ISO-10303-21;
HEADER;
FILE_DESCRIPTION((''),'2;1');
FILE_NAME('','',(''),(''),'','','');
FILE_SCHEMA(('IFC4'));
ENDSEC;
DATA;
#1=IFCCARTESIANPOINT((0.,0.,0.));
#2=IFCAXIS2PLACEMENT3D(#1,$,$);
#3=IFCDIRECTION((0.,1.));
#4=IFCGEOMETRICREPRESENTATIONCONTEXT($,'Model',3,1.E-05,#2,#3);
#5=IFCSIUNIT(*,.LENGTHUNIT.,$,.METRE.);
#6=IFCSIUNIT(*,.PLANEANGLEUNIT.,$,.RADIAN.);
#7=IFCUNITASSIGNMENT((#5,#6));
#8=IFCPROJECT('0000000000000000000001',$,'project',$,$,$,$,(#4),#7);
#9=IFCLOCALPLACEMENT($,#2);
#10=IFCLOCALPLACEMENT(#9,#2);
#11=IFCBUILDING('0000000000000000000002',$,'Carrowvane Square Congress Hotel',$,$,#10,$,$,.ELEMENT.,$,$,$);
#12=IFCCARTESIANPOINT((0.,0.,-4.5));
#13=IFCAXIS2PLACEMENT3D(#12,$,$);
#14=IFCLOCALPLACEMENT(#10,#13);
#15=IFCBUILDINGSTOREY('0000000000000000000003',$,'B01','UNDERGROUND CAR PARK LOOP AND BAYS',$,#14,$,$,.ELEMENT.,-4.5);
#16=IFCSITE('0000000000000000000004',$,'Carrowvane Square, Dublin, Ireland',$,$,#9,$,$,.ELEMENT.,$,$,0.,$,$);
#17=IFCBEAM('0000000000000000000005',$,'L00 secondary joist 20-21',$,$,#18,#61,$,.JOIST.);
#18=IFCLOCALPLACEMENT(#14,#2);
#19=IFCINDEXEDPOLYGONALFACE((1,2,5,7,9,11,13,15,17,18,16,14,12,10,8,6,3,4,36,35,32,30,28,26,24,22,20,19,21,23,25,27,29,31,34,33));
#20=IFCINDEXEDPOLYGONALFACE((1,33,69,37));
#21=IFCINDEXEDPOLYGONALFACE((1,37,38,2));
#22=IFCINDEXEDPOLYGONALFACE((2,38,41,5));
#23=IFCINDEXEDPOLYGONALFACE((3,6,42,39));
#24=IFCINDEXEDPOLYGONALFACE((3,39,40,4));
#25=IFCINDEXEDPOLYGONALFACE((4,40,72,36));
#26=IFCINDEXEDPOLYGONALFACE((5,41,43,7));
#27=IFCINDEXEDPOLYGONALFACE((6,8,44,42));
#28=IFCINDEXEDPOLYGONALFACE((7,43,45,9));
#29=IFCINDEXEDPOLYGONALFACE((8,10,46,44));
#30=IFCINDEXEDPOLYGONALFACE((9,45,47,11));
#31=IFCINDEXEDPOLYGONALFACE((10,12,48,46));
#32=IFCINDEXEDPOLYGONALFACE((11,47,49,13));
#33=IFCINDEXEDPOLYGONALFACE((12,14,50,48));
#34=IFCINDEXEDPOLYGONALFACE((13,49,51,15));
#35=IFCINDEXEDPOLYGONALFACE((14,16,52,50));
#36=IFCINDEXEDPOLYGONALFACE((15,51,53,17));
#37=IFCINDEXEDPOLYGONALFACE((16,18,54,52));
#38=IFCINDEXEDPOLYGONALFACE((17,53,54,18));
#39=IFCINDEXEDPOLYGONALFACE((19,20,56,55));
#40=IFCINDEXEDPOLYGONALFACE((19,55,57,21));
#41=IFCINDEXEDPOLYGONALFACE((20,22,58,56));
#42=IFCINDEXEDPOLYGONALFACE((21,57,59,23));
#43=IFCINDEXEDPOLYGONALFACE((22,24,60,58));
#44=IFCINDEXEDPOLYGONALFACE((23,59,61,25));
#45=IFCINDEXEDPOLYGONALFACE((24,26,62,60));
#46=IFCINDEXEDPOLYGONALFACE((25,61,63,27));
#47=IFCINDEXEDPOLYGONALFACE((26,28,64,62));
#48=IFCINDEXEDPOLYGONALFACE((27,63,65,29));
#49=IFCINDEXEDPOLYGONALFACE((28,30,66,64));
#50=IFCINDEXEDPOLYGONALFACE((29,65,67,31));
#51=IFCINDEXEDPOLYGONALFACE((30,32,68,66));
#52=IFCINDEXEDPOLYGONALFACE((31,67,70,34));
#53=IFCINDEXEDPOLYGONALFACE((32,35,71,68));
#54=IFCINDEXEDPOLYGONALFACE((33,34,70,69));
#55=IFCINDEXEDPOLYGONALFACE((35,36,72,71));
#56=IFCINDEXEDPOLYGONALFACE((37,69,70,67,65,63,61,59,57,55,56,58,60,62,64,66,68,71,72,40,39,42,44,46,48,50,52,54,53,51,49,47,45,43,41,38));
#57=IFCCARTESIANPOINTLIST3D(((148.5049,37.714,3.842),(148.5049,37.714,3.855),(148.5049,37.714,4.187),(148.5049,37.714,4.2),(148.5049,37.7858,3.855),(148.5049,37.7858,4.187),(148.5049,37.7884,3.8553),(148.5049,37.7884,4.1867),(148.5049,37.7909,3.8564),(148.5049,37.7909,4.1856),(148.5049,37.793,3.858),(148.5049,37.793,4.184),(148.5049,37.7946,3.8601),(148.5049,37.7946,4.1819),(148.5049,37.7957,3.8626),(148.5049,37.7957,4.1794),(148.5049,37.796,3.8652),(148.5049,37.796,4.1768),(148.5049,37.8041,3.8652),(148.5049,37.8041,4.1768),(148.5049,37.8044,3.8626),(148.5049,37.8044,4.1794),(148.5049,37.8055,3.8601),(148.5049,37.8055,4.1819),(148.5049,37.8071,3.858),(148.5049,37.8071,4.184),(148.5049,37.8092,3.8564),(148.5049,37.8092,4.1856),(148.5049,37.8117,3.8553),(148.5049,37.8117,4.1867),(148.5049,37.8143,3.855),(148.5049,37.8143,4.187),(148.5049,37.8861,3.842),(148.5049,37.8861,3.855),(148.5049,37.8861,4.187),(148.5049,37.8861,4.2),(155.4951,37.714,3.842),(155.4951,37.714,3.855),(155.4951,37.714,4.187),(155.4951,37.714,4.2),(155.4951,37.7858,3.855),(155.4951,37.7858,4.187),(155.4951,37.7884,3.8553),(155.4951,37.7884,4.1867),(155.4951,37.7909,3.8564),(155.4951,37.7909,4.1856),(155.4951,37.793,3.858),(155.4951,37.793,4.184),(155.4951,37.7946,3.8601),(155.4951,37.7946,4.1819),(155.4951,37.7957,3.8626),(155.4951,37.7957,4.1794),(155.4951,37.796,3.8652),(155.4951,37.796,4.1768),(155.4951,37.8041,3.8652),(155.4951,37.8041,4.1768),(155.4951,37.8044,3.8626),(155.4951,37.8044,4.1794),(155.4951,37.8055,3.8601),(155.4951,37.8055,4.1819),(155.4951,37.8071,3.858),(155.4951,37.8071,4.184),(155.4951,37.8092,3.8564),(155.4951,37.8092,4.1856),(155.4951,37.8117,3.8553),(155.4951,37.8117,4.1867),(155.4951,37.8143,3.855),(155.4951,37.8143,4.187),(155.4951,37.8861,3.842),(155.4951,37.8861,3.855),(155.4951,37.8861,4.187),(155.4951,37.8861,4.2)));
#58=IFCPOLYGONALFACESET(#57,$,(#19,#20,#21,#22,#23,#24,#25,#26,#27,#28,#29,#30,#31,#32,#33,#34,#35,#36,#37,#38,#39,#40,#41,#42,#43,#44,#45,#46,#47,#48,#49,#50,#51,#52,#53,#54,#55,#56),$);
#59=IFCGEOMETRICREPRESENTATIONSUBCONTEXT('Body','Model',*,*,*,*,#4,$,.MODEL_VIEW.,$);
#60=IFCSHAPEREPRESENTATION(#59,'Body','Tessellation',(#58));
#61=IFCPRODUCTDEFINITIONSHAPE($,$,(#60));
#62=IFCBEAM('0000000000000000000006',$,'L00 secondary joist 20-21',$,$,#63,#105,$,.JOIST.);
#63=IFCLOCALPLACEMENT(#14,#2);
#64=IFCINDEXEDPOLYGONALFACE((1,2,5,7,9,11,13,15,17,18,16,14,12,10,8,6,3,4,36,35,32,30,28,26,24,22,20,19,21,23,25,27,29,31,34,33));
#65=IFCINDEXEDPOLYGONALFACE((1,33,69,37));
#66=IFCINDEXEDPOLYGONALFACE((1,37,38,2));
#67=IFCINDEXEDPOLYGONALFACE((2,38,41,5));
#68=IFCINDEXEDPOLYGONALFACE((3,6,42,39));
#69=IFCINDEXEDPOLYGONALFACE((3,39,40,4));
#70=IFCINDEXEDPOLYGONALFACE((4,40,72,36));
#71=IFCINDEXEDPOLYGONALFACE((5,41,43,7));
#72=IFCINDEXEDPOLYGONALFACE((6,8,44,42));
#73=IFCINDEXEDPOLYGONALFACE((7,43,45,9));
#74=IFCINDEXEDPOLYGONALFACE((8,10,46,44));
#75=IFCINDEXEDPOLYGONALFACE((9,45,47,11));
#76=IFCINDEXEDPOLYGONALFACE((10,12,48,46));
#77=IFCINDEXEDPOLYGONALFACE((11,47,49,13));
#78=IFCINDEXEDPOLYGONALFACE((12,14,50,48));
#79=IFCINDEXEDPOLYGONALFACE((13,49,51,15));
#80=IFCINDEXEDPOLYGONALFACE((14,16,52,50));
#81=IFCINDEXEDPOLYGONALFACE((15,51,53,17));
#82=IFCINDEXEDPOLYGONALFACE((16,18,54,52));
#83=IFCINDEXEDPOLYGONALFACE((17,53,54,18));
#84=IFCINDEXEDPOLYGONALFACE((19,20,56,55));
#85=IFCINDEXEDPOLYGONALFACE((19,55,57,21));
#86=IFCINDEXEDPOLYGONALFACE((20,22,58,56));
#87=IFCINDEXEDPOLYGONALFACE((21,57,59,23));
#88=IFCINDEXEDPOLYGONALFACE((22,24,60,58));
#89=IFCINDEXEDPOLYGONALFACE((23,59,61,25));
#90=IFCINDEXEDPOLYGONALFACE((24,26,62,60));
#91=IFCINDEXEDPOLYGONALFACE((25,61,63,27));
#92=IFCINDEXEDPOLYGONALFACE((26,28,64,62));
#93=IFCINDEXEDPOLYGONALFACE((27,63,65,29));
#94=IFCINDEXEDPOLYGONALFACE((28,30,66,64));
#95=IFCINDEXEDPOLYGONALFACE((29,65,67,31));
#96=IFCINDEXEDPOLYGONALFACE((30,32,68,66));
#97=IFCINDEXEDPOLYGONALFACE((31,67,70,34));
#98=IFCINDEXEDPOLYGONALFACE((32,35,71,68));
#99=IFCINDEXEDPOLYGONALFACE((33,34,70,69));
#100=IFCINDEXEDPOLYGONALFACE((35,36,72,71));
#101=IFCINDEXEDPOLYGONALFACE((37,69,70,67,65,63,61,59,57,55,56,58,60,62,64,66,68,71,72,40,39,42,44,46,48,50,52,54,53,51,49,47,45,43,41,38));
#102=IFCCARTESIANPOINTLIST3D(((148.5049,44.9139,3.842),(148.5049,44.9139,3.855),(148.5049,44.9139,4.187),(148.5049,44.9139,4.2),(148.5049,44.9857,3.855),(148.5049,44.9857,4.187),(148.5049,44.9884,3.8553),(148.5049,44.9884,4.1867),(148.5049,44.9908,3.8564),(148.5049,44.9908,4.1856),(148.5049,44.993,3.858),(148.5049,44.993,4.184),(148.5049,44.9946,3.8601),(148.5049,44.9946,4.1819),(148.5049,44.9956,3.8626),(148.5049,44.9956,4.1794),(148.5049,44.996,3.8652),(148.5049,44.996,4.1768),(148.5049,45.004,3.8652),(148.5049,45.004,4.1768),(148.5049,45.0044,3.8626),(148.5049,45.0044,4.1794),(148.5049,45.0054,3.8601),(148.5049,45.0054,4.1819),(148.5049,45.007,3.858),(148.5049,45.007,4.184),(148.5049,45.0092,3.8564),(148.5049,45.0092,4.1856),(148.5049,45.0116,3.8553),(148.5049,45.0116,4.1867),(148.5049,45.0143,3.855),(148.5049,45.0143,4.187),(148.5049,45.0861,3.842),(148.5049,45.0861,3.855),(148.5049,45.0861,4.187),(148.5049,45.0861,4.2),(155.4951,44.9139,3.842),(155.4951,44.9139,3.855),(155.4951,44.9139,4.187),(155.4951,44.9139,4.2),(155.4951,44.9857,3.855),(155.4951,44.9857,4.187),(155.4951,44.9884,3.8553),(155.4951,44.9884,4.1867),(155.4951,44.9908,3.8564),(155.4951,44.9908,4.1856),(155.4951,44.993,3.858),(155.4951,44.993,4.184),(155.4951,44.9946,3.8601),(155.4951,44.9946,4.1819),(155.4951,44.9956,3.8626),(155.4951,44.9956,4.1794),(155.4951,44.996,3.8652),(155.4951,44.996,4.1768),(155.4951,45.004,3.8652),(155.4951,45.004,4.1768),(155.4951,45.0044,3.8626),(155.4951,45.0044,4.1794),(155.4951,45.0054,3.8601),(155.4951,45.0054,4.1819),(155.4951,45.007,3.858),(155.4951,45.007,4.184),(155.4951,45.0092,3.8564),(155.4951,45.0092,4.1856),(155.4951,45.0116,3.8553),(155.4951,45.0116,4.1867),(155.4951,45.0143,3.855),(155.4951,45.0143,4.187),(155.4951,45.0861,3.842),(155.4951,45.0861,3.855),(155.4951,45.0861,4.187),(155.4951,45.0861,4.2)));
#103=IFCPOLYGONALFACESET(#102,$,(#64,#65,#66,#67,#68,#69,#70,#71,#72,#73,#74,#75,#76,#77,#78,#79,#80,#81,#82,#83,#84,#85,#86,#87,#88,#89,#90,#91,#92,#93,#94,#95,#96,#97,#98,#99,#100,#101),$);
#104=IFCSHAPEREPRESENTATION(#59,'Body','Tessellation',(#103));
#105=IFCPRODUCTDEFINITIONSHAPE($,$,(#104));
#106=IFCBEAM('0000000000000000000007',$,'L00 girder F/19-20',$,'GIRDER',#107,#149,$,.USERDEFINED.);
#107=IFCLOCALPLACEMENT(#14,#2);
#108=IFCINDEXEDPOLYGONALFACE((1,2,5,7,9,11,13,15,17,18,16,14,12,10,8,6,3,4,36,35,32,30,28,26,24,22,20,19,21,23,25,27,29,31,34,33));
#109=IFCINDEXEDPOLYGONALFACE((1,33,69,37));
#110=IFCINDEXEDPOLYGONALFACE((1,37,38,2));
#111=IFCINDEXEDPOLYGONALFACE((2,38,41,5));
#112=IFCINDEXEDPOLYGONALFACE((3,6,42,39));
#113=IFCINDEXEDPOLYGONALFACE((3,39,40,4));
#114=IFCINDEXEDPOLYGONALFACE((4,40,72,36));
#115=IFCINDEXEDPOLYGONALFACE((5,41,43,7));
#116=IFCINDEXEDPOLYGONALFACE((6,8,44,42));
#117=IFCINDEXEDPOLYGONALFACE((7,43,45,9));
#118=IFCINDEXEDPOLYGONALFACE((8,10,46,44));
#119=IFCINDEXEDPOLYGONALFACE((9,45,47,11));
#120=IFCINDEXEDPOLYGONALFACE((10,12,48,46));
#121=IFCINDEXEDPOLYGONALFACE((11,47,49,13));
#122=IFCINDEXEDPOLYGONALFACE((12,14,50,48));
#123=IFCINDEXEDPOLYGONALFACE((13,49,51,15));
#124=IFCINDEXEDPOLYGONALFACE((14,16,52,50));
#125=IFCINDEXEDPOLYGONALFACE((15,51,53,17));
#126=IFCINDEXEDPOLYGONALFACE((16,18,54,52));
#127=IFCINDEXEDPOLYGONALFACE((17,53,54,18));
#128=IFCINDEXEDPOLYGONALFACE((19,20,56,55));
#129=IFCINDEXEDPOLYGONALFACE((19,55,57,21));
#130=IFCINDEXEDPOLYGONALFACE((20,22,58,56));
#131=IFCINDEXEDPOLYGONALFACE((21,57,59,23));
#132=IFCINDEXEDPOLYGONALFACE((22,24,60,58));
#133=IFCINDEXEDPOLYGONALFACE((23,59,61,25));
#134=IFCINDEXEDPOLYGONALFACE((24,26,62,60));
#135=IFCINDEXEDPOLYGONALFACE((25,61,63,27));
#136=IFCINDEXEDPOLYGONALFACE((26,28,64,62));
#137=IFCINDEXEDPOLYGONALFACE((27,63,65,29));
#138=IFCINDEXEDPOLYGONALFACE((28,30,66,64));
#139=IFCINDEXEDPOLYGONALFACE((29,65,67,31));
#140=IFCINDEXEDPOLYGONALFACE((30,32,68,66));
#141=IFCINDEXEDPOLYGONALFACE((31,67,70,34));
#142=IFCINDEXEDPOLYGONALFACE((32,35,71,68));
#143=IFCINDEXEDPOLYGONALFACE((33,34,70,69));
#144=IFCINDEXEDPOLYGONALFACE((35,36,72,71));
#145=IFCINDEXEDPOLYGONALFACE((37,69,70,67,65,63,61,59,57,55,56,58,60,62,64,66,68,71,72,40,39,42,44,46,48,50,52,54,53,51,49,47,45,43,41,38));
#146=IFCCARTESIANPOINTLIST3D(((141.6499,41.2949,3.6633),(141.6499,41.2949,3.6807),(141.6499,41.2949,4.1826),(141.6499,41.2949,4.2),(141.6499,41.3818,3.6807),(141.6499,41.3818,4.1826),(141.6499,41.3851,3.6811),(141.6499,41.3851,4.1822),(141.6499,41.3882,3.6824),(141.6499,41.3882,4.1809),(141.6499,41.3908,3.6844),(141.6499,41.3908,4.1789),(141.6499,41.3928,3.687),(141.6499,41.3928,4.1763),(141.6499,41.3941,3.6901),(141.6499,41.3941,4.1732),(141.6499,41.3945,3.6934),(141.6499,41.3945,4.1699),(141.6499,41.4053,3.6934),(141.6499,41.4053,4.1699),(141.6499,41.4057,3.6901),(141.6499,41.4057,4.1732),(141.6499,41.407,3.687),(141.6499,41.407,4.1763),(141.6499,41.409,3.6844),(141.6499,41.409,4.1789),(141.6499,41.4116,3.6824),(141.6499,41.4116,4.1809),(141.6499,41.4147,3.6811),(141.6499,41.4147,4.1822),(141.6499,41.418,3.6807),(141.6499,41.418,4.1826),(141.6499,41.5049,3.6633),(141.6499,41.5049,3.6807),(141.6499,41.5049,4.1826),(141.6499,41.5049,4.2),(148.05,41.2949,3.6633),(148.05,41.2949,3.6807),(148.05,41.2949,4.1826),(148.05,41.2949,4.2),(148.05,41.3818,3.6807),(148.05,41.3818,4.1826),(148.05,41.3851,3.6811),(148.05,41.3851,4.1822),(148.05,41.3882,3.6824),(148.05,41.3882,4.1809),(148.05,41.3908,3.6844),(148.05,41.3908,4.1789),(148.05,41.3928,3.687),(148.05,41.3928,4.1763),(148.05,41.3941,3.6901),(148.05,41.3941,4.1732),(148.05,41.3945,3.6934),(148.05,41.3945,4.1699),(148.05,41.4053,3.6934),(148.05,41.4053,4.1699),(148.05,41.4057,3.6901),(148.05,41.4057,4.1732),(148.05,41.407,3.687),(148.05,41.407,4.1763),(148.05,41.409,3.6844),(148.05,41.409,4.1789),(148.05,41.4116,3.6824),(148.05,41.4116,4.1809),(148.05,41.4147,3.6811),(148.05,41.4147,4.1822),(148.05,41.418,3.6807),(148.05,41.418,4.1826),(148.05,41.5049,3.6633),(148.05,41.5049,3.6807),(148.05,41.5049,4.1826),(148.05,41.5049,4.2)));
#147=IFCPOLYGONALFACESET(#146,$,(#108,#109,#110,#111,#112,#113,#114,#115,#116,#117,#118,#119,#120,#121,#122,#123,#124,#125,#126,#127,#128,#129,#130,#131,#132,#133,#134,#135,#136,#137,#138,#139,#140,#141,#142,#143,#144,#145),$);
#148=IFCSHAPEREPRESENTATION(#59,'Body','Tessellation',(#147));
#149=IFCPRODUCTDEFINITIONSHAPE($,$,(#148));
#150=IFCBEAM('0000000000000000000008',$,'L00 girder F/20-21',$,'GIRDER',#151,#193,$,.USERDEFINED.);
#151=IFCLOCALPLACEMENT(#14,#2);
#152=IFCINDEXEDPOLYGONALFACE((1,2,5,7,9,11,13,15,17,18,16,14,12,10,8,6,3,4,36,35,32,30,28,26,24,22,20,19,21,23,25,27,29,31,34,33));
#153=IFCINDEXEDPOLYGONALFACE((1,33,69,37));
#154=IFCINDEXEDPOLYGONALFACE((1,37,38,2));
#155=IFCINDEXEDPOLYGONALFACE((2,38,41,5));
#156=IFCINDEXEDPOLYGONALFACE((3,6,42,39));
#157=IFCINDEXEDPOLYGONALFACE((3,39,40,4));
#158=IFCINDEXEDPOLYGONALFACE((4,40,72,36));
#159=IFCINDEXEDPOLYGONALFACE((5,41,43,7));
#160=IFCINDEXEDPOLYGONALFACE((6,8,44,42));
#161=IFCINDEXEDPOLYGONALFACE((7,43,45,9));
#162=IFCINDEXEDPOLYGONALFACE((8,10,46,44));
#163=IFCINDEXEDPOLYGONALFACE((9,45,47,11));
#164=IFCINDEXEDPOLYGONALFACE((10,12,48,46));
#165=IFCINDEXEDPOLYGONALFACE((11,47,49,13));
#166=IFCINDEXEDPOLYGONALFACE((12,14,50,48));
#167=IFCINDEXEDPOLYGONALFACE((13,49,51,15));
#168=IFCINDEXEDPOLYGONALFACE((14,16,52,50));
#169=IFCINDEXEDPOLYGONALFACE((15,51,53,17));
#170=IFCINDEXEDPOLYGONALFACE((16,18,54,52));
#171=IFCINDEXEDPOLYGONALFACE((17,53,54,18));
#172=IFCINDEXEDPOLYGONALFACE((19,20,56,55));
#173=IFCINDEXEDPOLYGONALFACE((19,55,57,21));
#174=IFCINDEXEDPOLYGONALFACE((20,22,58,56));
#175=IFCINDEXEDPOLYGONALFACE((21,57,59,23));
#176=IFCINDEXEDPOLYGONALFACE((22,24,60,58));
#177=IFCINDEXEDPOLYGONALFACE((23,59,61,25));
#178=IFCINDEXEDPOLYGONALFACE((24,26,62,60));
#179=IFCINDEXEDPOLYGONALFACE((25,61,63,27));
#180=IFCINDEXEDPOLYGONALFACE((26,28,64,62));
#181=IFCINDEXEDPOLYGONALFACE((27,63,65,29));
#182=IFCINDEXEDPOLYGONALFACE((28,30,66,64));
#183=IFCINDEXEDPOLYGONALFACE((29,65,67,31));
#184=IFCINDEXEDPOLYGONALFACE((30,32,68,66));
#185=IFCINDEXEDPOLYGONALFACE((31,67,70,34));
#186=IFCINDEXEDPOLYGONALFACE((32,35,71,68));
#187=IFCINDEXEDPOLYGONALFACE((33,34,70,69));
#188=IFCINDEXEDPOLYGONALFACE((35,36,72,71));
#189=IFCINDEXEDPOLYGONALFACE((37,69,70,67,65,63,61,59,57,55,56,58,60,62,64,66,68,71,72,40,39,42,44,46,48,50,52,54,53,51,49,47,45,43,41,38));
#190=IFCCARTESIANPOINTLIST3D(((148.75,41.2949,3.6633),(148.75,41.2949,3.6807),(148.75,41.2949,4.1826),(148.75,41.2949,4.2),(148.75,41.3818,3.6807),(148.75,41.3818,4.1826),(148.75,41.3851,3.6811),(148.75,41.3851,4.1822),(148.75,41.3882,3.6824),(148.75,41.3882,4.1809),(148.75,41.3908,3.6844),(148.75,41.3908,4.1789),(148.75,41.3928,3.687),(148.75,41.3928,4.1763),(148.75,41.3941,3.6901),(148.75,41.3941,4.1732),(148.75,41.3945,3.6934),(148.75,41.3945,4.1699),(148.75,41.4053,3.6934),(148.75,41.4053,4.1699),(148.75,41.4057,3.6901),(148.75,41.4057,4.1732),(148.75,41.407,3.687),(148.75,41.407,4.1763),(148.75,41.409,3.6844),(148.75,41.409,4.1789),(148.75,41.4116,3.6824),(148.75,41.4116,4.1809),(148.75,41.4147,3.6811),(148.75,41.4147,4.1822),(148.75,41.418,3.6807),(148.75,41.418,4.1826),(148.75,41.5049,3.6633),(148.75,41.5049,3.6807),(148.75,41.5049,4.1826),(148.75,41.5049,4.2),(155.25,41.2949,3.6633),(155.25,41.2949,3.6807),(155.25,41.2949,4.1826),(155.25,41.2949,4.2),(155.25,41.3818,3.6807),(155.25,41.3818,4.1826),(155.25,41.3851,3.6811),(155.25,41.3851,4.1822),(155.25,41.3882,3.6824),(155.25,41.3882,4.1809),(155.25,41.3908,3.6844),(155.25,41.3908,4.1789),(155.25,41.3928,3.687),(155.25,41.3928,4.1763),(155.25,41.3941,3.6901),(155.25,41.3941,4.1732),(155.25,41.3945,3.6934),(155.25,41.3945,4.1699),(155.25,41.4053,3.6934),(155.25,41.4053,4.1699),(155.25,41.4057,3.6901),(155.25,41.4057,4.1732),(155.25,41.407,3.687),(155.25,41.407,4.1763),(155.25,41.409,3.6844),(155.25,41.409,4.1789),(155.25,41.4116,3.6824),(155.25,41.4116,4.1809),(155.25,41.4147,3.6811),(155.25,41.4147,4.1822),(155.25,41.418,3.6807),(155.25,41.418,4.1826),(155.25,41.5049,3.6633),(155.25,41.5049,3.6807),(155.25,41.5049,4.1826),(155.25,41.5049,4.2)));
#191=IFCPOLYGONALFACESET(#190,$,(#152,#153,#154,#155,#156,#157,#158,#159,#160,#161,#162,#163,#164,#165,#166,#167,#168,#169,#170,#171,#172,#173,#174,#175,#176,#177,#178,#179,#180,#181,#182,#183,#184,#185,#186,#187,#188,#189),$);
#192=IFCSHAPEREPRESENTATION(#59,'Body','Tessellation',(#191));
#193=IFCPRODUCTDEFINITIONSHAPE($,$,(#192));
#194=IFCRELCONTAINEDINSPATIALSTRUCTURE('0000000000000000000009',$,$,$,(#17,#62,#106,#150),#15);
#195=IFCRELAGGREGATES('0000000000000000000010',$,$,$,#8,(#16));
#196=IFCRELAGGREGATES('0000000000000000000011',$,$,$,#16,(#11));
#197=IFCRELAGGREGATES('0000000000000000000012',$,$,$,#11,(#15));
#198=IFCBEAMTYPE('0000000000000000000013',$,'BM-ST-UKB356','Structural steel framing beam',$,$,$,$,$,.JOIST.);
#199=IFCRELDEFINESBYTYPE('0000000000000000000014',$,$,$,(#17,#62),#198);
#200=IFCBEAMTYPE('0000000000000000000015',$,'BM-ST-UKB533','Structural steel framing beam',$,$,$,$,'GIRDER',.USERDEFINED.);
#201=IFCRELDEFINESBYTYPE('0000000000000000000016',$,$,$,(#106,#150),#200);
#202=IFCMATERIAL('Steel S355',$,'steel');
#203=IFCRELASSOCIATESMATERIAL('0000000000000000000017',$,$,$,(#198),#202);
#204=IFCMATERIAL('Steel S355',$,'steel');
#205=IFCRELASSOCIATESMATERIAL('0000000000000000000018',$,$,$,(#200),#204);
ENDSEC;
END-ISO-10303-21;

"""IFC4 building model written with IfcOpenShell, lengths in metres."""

from ifc_helpers import new_model, si_unit, direction, frame, origin, origin_2d, place, context, subcontext, project, spatial, i_section, extrude, material, material_profile, profile_set, type_object, element, save


model = new_model("IFC4")

# Units and contexts
model_context = context("Model", 3, precision=1e-05, world=origin(), true_north=direction((0.0, 1.0)))
body_context = subcontext(model_context, "Body", "Model", "MODEL_VIEW")
ifc_project = project(units=[si_unit("LENGTHUNIT", "METRE"), si_unit("PLANEANGLEUNIT", "RADIAN")], contexts=[model_context])

# Site, building, storey
site_placement = place(None, origin())
site = spatial("IfcSite", under=ifc_project, at=site_placement, Name="Carrowvane Square, Dublin, Ireland", CompositionType="ELEMENT", RefElevation=0.0)
building_placement = place(site_placement, origin())
building = spatial("IfcBuilding", under=site, at=building_placement, Name="Carrowvane Square Congress Hotel", CompositionType="ELEMENT")
storey_placement = place(building_placement, frame((0.0, 0.0, -4.5)))
storey = spatial("IfcBuildingStorey", under=building, at=storey_placement, Name="B01", Description="UNDERGROUND CAR PARK LOOP AND BAYS", CompositionType="ELEMENT", Elevation=-4.5)

# Beams
ifc_material_1 = material(Name="Steel S355", Category="steel")
ifc_material_profile_1 = material_profile(ifc_material_1, i_section(OverallWidth=0.1721, OverallDepth=0.3579, WebThickness=0.0081, FlangeThickness=0.0129, FilletRadius=0.0103, at=origin_2d()), Name="UKB 356x171x57")
ifc_profile_set_1 = profile_set([ifc_material_profile_1], Name="Steel S355")
beam_type_1 = type_object("IfcBeamType", Name="BM-ST-UKB356", Description="Structural steel framing beam", PredefinedType="JOIST", material=ifc_profile_set_1)
for number, where, z_axis, x_axis, name in (
    (1, (148.5049, 37.8, 4.021), (1.0, 0.0, 0.0), (0.0, 1.0, 0.0), "L00 secondary joist 20-21"),
    (2, (148.5049, 45.0, 4.021), (1.0, 0.0, 0.0), (0.0, 1.0, 0.0), "L00 secondary joist 20-21"),
):
    element("IfcBeam", number, at=place(storey_placement, frame(where, z_axis=z_axis, x_axis=x_axis)), inside=storey, type_object=beam_type_1, Name=name, PredefinedType="JOIST", context=body_context, shape_type="SweptSolid", body=[
        extrude(i_section(OverallWidth=0.1721, OverallDepth=0.3579, WebThickness=0.0081, FlangeThickness=0.0129, FilletRadius=0.0103, at=origin_2d()), origin(), (0.0, 0.0, 1.0), 6.9902),
    ])
ifc_material_2 = material(Name="Steel S355", Category="steel")
ifc_material_profile_2 = material_profile(ifc_material_2, i_section(OverallWidth=0.21, OverallDepth=0.5366, WebThickness=0.0107, FlangeThickness=0.0173, FilletRadius=0.0127, at=origin_2d()), Name="UKB 533x210x101")
ifc_profile_set_2 = profile_set([ifc_material_profile_2], Name="Steel S355")
beam_type_2 = type_object("IfcBeamType", Name="BM-ST-UKB533", Description="Structural steel framing beam", ElementType="GIRDER", PredefinedType="USERDEFINED", material=ifc_profile_set_2)
beam_1_placement = place(storey_placement, frame((141.6499, 41.3999, 3.9316), z_axis=(1.0, 0.0, 0.0), x_axis=(0.0, 1.0, 0.0)))
element("IfcBeam", 3, at=beam_1_placement, inside=storey, type_object=beam_type_2, Name="L00 girder F/19-20", ObjectType="GIRDER", PredefinedType="USERDEFINED", context=body_context, shape_type="SweptSolid", body=[
    extrude(i_section(OverallWidth=0.21, OverallDepth=0.5366, WebThickness=0.0107, FlangeThickness=0.0173, FilletRadius=0.0127, at=origin_2d()), origin(), (0.0, 0.0, 1.0), 6.4001),
])
beam_2_placement = place(storey_placement, frame((148.75, 41.3999, 3.9316), z_axis=(1.0, 0.0, 0.0), x_axis=(0.0, 1.0, 0.0)))
element("IfcBeam", 4, at=beam_2_placement, inside=storey, type_object=beam_type_2, Name="L00 girder F/20-21", ObjectType="GIRDER", PredefinedType="USERDEFINED", context=body_context, shape_type="SweptSolid", body=[
    extrude(i_section(OverallWidth=0.21, OverallDepth=0.5366, WebThickness=0.0107, FlangeThickness=0.0173, FilletRadius=0.0127, at=origin_2d()), origin(), (0.0, 0.0, 1.0), 6.5),
])

save(model, "model.ifc")
